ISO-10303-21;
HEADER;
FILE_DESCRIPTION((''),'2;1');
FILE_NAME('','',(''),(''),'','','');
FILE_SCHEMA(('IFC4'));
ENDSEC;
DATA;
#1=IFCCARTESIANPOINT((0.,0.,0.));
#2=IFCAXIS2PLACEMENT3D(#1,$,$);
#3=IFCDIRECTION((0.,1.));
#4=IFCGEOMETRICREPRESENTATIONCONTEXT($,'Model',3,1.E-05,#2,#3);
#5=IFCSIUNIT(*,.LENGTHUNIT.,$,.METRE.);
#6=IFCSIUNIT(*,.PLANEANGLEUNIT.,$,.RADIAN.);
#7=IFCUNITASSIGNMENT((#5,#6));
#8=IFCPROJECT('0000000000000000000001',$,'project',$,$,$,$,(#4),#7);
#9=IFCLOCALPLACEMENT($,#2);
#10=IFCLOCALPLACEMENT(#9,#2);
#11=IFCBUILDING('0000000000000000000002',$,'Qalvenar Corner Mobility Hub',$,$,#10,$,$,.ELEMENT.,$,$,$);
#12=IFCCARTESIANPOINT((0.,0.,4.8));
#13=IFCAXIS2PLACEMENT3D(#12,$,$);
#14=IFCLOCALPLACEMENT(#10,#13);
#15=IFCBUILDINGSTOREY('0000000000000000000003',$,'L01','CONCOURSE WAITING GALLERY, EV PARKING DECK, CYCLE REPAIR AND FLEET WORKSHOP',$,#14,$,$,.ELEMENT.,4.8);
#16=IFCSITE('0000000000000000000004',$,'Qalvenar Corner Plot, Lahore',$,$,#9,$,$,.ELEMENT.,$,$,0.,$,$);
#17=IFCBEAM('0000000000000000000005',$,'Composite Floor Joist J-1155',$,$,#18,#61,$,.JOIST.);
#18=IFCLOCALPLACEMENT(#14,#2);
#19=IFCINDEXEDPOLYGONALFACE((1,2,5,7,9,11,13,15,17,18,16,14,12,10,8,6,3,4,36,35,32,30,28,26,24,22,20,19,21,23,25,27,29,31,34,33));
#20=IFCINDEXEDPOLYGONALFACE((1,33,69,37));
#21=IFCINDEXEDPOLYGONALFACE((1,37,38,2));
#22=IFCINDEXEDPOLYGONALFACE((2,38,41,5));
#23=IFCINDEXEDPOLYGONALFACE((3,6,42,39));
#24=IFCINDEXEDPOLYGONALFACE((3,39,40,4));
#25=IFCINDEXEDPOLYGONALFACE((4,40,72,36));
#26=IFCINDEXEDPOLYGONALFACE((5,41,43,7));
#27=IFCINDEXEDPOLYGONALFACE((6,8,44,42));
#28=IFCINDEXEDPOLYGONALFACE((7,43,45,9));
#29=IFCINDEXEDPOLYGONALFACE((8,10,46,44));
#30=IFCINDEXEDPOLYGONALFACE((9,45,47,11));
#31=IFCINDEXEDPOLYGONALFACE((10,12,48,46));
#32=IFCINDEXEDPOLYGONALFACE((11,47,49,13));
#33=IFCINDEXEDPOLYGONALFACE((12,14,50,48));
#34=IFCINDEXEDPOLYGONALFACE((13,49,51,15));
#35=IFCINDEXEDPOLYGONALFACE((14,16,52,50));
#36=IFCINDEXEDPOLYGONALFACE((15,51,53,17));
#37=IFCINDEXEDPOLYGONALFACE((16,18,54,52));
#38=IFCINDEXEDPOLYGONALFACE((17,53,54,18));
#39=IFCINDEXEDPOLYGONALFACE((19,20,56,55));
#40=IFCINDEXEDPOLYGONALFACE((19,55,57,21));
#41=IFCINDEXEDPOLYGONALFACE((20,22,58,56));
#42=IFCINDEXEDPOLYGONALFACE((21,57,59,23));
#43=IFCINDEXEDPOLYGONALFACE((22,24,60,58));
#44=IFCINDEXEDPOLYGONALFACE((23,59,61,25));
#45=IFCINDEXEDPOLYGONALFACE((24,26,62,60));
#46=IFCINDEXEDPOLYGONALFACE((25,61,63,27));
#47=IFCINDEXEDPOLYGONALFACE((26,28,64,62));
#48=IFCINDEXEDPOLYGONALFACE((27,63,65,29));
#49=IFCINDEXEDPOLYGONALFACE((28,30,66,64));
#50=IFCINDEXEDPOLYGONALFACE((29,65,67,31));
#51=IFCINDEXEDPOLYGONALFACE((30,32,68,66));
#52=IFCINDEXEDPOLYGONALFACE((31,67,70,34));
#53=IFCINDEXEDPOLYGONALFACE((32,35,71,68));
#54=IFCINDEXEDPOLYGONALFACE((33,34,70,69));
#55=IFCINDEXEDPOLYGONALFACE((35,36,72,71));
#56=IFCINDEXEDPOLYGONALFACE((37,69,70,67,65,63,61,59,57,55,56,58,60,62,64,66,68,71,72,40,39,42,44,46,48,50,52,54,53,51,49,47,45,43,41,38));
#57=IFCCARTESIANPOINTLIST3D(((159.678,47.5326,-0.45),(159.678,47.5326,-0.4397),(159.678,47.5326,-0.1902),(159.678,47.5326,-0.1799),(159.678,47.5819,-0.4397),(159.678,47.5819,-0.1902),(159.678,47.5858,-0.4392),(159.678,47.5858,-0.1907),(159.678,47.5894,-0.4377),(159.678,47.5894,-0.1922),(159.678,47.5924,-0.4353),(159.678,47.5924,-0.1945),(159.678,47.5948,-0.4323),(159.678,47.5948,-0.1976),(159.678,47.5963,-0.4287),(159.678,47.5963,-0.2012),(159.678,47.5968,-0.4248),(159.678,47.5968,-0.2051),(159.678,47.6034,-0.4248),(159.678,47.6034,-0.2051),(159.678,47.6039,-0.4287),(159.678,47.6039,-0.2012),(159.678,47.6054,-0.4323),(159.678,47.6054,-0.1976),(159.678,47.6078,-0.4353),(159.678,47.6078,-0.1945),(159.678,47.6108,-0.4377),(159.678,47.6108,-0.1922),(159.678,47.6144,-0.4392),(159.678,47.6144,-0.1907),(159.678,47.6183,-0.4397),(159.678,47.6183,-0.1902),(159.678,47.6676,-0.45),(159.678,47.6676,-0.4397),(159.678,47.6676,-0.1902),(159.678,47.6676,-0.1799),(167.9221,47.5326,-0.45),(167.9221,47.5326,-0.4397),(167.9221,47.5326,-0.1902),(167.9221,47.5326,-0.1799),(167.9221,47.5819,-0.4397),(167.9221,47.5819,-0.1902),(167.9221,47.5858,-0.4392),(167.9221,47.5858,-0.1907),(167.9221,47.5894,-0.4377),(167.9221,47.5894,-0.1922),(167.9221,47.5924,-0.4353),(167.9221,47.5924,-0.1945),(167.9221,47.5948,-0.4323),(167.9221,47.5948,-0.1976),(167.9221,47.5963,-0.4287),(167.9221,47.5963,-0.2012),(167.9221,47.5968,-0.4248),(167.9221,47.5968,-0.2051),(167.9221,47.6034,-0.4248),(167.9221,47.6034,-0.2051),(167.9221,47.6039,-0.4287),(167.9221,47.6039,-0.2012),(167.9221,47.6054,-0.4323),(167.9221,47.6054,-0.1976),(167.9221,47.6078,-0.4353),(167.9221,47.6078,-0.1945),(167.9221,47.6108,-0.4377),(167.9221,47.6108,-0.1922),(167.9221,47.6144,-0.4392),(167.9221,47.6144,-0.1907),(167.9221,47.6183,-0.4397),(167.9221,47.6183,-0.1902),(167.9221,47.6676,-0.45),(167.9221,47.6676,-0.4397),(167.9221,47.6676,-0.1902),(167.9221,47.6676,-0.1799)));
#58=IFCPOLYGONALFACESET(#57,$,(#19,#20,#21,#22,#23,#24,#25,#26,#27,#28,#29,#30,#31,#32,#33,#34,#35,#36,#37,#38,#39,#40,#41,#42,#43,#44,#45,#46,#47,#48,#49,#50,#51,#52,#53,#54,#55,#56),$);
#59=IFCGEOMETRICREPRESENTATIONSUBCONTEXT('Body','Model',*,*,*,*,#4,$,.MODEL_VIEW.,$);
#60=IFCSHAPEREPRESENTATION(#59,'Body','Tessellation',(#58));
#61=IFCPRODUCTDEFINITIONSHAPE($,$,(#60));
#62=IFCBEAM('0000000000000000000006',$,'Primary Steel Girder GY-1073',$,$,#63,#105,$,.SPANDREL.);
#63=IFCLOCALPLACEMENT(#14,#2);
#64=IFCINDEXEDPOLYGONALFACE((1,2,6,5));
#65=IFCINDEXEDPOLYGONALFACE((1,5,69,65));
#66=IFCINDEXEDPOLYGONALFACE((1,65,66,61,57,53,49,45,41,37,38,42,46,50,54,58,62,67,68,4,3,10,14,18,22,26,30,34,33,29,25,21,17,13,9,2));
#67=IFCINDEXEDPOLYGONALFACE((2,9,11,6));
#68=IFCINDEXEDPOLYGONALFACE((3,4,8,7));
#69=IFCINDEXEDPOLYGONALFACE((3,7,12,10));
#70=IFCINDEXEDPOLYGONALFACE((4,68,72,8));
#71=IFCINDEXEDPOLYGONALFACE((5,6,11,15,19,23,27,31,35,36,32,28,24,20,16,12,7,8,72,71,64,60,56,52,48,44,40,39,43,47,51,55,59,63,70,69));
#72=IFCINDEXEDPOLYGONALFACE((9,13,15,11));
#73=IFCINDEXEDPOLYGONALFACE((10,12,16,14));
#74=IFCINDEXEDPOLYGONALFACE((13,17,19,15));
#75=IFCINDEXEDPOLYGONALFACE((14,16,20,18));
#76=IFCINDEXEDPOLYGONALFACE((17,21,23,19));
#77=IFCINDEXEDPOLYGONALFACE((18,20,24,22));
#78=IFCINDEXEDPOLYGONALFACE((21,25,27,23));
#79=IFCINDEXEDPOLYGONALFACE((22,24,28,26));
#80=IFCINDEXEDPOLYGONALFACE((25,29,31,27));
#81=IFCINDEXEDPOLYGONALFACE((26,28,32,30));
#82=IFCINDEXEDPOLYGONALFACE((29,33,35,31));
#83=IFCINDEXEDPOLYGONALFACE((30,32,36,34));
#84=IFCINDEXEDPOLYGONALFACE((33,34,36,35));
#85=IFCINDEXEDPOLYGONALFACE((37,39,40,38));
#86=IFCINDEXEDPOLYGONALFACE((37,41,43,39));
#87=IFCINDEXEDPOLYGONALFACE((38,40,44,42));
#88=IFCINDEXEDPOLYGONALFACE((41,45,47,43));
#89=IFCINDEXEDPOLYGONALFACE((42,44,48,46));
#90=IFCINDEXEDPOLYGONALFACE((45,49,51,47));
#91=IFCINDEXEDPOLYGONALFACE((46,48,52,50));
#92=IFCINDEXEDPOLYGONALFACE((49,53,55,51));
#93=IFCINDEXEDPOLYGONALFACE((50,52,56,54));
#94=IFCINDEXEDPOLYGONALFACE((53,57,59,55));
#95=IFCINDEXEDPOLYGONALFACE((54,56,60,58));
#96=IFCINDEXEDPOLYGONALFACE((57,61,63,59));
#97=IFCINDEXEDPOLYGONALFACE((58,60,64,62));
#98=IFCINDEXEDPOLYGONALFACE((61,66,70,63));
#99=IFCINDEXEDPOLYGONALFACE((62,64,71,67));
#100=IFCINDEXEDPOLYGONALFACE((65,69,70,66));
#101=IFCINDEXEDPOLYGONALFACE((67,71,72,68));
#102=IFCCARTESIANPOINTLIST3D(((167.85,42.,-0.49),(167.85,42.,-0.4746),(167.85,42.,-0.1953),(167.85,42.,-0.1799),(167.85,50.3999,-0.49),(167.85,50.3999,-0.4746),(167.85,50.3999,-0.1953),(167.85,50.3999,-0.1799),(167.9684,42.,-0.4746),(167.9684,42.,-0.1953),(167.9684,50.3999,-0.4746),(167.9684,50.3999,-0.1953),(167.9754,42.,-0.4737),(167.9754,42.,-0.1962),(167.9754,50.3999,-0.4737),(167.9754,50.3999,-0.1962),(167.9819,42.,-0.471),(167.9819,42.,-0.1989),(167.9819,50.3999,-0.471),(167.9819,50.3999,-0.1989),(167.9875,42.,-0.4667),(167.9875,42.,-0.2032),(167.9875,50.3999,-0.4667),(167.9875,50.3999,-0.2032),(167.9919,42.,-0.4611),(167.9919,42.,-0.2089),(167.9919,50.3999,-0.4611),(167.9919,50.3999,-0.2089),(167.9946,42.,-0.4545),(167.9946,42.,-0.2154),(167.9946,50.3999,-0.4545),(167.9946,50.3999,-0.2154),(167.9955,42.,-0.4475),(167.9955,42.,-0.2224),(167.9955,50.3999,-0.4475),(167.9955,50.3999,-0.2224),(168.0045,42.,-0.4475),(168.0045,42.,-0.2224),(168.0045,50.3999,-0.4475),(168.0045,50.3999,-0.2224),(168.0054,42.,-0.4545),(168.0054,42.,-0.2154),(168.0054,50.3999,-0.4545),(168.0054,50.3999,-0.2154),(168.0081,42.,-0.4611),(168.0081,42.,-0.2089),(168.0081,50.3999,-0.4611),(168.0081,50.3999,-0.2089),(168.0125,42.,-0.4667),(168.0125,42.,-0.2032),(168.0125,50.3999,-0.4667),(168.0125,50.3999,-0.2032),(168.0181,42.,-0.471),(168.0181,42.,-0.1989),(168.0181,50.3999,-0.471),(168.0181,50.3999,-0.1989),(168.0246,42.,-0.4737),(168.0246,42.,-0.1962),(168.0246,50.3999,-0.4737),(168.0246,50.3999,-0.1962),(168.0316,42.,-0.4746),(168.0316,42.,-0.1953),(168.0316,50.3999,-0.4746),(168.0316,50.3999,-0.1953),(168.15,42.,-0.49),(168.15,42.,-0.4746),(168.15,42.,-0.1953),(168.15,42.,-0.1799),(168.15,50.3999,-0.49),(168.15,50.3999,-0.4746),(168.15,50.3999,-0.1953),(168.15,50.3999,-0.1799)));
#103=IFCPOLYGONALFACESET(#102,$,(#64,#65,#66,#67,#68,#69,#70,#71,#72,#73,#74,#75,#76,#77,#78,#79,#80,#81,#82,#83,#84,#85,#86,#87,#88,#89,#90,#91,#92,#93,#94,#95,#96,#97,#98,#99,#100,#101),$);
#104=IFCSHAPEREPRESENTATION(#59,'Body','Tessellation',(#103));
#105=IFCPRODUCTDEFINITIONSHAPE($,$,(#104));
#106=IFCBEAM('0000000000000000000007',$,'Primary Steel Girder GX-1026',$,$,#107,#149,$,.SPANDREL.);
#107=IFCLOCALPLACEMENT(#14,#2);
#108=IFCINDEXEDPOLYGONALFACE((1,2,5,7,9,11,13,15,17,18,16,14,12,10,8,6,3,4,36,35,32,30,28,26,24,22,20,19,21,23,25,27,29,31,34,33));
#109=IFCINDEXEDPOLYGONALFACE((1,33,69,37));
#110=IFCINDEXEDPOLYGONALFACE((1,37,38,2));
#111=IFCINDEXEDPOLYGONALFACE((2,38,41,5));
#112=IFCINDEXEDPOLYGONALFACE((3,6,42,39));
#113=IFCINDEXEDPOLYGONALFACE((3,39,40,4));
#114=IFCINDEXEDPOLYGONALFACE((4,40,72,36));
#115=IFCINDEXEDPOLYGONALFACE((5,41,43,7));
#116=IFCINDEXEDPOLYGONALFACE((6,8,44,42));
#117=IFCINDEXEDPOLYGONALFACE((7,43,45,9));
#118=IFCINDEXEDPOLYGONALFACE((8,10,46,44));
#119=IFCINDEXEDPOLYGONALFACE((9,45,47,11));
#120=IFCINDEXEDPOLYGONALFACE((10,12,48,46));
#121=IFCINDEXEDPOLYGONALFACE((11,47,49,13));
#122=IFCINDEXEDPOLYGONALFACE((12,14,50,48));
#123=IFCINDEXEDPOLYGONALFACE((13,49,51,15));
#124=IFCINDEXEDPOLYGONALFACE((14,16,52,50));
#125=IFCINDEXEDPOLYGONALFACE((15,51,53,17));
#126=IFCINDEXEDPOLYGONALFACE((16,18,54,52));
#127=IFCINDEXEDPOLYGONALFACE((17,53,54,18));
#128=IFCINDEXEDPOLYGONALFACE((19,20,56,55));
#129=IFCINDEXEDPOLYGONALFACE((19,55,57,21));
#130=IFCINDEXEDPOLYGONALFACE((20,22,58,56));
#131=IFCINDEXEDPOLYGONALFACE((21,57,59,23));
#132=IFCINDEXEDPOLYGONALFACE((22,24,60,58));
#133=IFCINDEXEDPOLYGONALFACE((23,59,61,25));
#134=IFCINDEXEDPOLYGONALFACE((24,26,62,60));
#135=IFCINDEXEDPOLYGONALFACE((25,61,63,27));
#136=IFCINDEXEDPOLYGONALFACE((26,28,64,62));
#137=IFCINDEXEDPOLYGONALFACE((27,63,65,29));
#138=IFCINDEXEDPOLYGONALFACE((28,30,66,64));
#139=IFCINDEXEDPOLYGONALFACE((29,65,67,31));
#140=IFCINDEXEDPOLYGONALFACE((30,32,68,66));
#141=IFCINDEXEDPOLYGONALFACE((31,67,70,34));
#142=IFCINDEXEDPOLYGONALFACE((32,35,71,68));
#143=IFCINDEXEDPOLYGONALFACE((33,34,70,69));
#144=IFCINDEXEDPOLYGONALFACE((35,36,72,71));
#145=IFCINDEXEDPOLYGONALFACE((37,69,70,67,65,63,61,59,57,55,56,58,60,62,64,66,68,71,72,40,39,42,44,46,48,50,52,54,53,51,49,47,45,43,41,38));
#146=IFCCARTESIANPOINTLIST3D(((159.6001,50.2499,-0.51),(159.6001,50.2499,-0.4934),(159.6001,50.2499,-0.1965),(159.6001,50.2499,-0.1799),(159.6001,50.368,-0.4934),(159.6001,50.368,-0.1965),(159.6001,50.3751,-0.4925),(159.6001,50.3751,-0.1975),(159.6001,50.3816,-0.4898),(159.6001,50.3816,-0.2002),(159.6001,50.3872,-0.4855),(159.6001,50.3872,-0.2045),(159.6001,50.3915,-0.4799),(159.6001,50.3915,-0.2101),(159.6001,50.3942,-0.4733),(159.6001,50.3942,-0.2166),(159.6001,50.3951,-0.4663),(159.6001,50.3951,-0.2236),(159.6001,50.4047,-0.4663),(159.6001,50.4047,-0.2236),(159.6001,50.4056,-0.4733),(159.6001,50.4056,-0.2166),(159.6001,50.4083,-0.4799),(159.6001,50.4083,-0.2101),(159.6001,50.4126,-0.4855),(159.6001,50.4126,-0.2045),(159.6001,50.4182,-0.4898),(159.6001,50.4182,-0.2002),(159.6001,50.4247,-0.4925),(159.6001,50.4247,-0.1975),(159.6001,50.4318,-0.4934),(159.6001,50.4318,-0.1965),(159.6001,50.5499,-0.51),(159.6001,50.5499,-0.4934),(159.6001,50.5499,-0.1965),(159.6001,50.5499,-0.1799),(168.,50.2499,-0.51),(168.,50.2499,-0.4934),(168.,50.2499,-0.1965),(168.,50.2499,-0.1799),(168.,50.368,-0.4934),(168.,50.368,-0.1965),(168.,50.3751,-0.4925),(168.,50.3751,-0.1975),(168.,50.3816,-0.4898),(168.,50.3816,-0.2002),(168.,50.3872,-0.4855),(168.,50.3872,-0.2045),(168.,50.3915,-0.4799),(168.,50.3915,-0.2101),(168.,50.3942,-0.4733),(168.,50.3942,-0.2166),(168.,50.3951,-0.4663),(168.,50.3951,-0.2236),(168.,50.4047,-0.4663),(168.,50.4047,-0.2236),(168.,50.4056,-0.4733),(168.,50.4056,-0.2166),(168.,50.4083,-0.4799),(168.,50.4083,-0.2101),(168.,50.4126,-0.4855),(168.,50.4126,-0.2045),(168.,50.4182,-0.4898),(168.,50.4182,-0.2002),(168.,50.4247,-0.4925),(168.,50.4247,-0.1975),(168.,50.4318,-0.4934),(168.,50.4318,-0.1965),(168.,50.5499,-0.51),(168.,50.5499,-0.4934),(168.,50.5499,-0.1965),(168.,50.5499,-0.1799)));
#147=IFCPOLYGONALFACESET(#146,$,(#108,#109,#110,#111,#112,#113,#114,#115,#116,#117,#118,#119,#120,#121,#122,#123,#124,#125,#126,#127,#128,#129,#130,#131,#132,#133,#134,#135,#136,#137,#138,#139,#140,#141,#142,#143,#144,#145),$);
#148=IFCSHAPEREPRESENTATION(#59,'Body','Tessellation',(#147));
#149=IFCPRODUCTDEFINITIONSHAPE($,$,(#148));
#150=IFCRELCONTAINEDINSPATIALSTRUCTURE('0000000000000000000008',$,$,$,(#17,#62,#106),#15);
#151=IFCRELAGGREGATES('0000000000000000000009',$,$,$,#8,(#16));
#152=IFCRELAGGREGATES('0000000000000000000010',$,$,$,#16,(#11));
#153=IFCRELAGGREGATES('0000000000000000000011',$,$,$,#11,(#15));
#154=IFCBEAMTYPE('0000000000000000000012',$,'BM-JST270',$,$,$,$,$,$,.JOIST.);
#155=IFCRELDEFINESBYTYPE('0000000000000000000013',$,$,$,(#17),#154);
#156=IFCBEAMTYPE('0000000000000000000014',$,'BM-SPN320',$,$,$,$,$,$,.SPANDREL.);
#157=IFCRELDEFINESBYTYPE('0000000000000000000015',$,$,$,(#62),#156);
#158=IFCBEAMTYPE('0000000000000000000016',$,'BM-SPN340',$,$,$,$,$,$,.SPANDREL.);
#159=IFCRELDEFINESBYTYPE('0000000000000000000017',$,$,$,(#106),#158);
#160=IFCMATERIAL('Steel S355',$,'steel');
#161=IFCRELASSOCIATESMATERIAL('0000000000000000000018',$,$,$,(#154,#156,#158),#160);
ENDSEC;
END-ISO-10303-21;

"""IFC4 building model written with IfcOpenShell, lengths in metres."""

from ifc_helpers import new_model, si_unit, direction, frame, origin, origin_2d, place, context, subcontext, project, spatial, i_section, extrude, material, material_profile, profile_set, type_object, element, save


model = new_model("IFC4")

# Units and contexts
model_context = context("Model", 3, precision=1e-05, world=origin(), true_north=direction((0.0, 1.0)))
body_context = subcontext(model_context, "Body", "Model", "MODEL_VIEW")
ifc_project = project(units=[si_unit("LENGTHUNIT", "METRE"), si_unit("PLANEANGLEUNIT", "RADIAN")], contexts=[model_context])

# Site, building, storey
site_placement = place(None, origin())
site = spatial("IfcSite", under=ifc_project, at=site_placement, Name="Qalvenar Corner Plot, Lahore", CompositionType="ELEMENT", RefElevation=0.0)
building_placement = place(site_placement, origin())
building = spatial("IfcBuilding", under=site, at=building_placement, Name="Qalvenar Corner Mobility Hub", CompositionType="ELEMENT")
storey_placement = place(building_placement, frame((0.0, 0.0, 4.8)))
storey = spatial("IfcBuildingStorey", under=building, at=storey_placement, Name="L01", Description="CONCOURSE WAITING GALLERY, EV PARKING DECK, CYCLE REPAIR AND FLEET WORKSHOP", CompositionType="ELEMENT", Elevation=4.8)

# Shared definitions
ifc_material_1 = material(Name="Steel S355", Category="steel")

# Beams
ifc_material_profile_1 = material_profile(ifc_material_1, i_section(OverallWidth=0.135, OverallDepth=0.27, WebThickness=0.0066, FlangeThickness=0.0103, FilletRadius=0.0149, at=origin_2d()), Name="IPE270")
ifc_profile_set_1 = profile_set([ifc_material_profile_1], Name="Steel S355")
beam_type_1 = type_object("IfcBeamType", Name="BM-JST270", PredefinedType="JOIST", material=ifc_profile_set_1)
for number, where, z_axis, x_axis, name in (
    (1, (159.678, 47.6001, -0.3149), (1.0, 0.0, 0.0), (0.0, 1.0, 0.0), "Composite Floor Joist J-1155"),
):
    element("IfcBeam", number, at=place(storey_placement, frame(where, z_axis=z_axis, x_axis=x_axis)), inside=storey, type_object=beam_type_1, Name=name, PredefinedType="JOIST", context=body_context, shape_type="SweptSolid", body=[
        extrude(i_section(OverallWidth=0.135, OverallDepth=0.27, WebThickness=0.0066, FlangeThickness=0.0103, FilletRadius=0.0149, at=origin_2d()), origin(), (0.0, 0.0, 1.0), 8.2441),
    ])
ifc_material_profile_2 = material_profile(ifc_material_1, i_section(OverallWidth=0.3, OverallDepth=0.3101, WebThickness=0.009, FlangeThickness=0.0154, FilletRadius=0.0271, at=origin_2d()), Name="HEA320")
ifc_profile_set_2 = profile_set([ifc_material_profile_2], Name="Steel S355")
beam_type_2 = type_object("IfcBeamType", Name="BM-SPN320", PredefinedType="SPANDREL", material=ifc_profile_set_2)
beam_1_placement = place(storey_placement, frame((168.0, 42.0, -0.335), z_axis=(0.0, 1.0, 0.0), x_axis=(-1.0, 0.0, 0.0)))
element("IfcBeam", 2, at=beam_1_placement, inside=storey, type_object=beam_type_2, Name="Primary Steel Girder GY-1073", PredefinedType="SPANDREL", context=body_context, shape_type="SweptSolid", body=[
    extrude(i_section(OverallWidth=0.3, OverallDepth=0.3101, WebThickness=0.009, FlangeThickness=0.0154, FilletRadius=0.0271, at=origin_2d()), origin(), (0.0, 0.0, 1.0), 8.3999),
])
ifc_material_profile_3 = material_profile(ifc_material_1, i_section(OverallWidth=0.3, OverallDepth=0.3301, WebThickness=0.0095, FlangeThickness=0.0166, FilletRadius=0.0271, at=origin_2d()), Name="HEA340")
ifc_profile_set_3 = profile_set([ifc_material_profile_3], Name="Steel S355")
beam_type_3 = type_object("IfcBeamType", Name="BM-SPN340", PredefinedType="SPANDREL", material=ifc_profile_set_3)
beam_2_placement = place(storey_placement, frame((159.6001, 50.3999, -0.345), z_axis=(1.0, 0.0, 0.0), x_axis=(0.0, 1.0, 0.0)))
element("IfcBeam", 3, at=beam_2_placement, inside=storey, type_object=beam_type_3, Name="Primary Steel Girder GX-1026", PredefinedType="SPANDREL", context=body_context, shape_type="SweptSolid", body=[
    extrude(i_section(OverallWidth=0.3, OverallDepth=0.3301, WebThickness=0.0095, FlangeThickness=0.0166, FilletRadius=0.0271, at=origin_2d()), origin(), (0.0, 0.0, 1.0), 8.3999),
])

save(model, "model.ifc")
